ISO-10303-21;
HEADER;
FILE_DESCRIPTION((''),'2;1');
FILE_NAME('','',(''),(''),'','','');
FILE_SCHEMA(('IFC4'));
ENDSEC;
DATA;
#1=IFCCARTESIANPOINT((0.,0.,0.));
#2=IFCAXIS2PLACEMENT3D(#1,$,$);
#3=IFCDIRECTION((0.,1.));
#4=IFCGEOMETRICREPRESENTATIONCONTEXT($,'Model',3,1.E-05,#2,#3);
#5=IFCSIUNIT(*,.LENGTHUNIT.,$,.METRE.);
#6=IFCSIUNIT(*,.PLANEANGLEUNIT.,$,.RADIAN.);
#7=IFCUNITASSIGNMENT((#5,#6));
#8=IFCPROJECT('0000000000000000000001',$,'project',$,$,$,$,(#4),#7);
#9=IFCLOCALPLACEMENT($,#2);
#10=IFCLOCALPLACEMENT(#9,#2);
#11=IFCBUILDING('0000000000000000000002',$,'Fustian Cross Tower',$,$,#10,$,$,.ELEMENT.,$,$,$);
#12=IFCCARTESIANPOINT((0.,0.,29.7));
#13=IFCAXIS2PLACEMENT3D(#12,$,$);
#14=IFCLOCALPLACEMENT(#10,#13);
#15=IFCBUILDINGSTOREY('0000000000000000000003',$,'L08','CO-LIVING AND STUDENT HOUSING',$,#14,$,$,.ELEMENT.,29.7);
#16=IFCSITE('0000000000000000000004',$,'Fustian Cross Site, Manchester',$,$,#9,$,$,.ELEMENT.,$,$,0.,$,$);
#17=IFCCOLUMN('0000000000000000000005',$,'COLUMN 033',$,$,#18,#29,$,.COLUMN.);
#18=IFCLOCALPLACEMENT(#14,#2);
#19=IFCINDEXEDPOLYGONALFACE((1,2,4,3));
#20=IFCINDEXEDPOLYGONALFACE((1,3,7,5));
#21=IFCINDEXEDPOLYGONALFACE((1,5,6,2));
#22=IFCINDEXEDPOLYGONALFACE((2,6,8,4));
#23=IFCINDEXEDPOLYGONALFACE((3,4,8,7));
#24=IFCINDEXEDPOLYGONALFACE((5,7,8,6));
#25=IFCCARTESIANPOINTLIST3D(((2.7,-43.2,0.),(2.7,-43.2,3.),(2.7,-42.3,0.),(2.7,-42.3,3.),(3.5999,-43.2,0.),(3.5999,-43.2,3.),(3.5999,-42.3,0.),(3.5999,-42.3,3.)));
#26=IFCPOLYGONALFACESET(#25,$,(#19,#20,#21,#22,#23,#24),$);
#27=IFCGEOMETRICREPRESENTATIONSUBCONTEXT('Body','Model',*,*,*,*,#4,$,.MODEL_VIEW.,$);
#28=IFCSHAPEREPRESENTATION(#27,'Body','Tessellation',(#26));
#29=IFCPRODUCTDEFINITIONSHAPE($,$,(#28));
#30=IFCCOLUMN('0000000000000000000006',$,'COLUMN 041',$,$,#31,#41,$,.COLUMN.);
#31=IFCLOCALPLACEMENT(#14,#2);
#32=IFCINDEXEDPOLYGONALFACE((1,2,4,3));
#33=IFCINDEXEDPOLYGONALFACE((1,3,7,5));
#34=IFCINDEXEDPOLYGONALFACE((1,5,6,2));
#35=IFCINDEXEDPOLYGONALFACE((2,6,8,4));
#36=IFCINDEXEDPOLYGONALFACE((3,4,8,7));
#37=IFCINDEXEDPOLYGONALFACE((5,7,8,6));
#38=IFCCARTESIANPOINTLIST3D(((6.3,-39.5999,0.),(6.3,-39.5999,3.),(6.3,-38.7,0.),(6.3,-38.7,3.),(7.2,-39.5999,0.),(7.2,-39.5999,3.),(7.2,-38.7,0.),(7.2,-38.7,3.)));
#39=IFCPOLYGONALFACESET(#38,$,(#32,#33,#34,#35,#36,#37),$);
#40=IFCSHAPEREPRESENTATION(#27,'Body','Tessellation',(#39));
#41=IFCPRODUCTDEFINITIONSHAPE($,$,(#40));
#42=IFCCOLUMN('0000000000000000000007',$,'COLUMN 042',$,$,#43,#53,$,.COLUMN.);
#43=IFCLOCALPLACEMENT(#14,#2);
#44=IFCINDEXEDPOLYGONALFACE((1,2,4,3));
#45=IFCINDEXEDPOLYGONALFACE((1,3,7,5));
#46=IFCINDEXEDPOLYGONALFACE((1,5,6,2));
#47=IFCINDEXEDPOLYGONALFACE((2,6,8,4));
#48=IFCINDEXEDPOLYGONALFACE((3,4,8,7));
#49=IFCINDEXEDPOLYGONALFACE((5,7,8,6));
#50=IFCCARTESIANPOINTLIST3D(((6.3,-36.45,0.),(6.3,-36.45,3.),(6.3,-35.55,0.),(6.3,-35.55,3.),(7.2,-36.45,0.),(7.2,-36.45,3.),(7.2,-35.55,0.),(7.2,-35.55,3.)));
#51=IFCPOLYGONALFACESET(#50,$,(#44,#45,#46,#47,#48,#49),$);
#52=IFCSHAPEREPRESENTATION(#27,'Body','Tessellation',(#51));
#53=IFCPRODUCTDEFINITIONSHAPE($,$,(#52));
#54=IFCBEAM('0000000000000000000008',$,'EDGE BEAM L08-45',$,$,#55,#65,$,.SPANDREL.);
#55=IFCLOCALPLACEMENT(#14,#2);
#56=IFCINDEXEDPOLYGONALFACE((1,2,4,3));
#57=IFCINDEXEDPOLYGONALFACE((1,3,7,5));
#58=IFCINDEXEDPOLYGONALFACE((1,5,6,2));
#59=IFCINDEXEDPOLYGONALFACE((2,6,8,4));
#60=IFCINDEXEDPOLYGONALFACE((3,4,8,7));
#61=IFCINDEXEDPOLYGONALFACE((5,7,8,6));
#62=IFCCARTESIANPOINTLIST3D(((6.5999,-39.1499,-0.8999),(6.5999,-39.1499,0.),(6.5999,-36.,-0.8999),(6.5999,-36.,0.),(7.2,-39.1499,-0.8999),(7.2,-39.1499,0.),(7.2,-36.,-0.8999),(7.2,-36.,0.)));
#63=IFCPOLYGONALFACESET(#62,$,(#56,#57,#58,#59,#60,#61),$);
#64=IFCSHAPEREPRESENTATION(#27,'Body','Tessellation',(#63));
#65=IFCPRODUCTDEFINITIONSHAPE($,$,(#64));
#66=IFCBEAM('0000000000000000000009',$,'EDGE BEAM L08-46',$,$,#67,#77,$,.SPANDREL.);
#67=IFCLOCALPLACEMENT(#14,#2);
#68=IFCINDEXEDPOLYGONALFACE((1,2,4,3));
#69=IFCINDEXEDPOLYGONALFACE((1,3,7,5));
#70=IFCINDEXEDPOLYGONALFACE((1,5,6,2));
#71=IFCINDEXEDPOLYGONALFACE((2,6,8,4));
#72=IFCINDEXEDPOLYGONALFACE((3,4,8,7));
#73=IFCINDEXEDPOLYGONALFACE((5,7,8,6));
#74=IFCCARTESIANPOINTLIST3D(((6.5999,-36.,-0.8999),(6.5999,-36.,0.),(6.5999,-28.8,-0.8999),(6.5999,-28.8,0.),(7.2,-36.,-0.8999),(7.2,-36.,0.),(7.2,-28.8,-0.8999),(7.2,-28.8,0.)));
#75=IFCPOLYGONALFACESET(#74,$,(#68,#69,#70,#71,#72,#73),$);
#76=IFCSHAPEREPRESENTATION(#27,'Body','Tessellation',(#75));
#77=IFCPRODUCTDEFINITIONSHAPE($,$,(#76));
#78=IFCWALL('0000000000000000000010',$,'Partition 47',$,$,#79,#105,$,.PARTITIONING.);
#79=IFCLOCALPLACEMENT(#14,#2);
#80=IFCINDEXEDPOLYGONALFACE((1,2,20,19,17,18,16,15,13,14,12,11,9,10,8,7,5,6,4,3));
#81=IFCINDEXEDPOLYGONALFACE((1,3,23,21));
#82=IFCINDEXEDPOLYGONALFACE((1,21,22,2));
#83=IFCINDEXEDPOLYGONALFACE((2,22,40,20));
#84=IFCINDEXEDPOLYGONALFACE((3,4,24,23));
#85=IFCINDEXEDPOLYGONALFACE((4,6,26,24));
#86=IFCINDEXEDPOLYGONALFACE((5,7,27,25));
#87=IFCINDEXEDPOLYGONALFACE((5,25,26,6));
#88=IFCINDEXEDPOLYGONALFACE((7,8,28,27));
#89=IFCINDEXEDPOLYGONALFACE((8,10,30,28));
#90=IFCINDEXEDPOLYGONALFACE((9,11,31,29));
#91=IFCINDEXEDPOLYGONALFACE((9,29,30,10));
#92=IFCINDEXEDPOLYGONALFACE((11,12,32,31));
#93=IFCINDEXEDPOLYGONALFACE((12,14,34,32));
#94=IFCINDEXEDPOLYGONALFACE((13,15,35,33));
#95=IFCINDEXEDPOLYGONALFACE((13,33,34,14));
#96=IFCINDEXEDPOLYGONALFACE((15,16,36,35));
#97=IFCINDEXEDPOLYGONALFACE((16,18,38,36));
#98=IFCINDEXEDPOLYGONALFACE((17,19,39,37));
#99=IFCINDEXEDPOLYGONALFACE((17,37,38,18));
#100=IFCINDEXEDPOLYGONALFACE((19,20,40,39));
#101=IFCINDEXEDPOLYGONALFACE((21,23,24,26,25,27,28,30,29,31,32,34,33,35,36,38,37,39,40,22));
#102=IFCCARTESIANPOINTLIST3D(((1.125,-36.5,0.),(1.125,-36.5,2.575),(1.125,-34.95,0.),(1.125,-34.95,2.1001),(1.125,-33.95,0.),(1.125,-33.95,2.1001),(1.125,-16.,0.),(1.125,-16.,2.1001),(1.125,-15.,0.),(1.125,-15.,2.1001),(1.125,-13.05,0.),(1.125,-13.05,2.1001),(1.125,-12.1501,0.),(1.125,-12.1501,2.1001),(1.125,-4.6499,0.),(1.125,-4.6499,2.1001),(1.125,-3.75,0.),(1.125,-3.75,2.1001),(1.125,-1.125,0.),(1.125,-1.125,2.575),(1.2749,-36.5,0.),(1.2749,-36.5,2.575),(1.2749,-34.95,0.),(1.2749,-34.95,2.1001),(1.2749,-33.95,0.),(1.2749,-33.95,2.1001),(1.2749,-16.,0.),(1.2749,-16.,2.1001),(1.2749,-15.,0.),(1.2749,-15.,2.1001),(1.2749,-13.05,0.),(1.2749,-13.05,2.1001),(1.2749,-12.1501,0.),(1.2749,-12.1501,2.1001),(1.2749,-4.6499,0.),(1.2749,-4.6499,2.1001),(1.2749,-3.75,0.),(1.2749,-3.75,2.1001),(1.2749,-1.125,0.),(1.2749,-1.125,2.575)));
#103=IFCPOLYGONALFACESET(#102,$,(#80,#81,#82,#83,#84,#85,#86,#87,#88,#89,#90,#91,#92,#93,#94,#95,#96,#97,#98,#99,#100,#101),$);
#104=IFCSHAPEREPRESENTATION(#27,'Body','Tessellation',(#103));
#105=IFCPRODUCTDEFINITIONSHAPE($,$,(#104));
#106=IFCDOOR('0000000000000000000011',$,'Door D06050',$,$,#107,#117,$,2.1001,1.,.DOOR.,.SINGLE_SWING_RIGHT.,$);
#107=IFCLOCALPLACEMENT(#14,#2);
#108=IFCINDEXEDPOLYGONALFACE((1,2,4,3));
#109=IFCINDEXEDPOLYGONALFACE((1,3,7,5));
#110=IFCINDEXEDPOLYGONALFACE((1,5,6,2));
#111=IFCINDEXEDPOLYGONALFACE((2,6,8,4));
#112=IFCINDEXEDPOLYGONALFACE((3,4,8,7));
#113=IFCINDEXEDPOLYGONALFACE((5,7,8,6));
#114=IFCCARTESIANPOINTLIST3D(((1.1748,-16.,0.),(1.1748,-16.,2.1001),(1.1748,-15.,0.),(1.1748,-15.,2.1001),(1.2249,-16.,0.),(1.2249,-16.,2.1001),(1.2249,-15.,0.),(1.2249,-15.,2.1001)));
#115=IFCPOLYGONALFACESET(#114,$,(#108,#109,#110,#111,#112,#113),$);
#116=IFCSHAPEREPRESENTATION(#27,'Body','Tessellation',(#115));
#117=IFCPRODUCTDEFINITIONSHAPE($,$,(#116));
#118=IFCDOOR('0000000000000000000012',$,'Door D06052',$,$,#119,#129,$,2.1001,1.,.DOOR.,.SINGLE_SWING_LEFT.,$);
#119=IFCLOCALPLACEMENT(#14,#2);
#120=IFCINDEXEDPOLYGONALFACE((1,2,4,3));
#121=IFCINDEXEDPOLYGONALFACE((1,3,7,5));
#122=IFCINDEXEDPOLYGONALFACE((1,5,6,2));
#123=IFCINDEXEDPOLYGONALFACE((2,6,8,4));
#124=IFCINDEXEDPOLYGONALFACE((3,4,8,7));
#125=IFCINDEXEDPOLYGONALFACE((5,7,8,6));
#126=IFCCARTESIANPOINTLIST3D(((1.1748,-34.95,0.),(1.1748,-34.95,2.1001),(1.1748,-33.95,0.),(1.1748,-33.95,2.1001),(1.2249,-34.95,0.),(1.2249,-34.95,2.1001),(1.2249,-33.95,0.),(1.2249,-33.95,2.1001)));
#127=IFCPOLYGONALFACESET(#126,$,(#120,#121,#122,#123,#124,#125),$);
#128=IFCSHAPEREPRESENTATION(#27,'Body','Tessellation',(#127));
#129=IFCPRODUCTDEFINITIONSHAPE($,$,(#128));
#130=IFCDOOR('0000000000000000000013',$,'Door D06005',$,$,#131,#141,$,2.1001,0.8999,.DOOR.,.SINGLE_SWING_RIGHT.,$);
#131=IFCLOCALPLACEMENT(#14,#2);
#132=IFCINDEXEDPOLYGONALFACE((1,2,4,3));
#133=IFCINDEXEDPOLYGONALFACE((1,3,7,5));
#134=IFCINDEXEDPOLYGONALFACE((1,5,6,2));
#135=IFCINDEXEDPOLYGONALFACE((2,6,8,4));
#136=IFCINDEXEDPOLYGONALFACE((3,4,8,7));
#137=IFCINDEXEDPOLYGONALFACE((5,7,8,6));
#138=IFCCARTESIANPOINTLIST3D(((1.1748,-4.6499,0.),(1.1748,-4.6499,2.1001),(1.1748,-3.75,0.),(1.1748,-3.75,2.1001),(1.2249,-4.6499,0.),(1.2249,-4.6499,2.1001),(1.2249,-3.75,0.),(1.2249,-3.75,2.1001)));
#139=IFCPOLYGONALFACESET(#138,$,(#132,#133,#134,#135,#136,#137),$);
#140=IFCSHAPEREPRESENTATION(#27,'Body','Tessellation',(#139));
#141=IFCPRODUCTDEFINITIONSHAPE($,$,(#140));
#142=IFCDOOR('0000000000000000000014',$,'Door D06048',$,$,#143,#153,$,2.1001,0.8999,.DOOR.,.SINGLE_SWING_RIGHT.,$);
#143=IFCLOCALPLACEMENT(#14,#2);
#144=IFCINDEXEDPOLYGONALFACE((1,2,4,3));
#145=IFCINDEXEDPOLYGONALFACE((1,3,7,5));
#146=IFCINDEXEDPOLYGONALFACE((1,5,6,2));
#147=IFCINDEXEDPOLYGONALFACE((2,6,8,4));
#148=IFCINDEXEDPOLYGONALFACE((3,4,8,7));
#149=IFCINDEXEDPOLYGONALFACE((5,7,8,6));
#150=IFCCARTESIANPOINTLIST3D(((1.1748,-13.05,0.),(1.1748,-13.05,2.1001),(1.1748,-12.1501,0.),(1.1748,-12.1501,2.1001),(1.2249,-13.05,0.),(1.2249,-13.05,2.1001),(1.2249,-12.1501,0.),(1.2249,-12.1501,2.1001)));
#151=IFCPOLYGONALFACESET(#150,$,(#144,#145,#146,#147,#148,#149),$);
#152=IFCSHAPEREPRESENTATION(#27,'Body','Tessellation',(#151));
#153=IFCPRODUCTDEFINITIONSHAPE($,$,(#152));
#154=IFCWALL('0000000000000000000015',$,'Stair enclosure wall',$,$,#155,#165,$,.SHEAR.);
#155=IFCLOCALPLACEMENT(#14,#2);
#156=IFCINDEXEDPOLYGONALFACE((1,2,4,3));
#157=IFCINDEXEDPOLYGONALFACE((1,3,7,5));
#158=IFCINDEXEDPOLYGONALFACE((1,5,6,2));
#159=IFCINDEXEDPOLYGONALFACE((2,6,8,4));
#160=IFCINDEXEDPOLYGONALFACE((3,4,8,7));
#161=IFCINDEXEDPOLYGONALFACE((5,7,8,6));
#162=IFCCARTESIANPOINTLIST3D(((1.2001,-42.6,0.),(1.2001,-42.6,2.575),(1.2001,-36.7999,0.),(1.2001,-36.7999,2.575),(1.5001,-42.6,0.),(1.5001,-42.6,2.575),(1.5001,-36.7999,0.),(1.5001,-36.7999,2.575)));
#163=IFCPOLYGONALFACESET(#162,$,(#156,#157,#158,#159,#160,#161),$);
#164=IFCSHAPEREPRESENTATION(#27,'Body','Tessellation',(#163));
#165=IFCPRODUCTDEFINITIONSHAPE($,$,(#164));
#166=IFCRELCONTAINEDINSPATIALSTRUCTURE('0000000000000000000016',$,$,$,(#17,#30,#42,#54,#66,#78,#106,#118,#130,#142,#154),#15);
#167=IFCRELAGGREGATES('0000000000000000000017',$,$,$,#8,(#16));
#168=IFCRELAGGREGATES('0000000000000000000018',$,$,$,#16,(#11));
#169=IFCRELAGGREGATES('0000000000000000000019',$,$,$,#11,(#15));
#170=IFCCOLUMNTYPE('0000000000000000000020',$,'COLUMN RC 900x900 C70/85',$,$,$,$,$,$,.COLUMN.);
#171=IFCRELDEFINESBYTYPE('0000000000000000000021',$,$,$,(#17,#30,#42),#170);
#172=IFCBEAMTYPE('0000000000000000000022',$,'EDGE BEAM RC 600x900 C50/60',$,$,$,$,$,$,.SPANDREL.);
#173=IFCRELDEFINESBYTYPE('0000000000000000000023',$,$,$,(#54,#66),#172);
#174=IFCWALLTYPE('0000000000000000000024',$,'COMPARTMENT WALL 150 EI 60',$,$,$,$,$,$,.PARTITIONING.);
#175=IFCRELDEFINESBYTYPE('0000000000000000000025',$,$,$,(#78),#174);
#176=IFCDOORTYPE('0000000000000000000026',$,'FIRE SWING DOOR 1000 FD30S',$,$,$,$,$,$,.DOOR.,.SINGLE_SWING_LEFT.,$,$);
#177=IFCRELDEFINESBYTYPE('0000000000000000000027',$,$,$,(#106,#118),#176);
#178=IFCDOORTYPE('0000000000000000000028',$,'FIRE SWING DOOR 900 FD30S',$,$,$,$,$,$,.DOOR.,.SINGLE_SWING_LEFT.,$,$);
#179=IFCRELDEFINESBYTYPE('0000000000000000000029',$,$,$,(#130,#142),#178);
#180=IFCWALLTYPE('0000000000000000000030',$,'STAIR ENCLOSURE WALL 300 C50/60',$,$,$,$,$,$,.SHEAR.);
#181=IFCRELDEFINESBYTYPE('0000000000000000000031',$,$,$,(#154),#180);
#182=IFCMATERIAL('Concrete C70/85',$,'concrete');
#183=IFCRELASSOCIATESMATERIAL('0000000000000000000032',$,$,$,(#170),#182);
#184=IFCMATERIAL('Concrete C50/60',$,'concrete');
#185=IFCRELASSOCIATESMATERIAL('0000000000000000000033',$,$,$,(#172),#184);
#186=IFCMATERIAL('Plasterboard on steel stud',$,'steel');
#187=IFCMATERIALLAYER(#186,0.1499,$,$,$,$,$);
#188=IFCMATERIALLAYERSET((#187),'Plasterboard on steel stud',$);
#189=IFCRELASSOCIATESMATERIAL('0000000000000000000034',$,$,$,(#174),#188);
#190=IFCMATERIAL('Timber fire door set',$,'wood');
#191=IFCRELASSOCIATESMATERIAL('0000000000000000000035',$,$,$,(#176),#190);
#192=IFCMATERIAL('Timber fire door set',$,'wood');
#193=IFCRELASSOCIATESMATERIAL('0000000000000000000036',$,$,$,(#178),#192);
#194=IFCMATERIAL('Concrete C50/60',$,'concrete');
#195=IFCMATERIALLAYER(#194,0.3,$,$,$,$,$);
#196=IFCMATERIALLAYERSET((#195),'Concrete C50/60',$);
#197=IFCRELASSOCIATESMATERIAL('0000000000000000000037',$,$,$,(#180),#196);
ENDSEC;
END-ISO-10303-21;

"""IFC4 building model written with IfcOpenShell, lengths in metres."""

from ifc_helpers import new_model, si_unit, direction, frame, frame_2d, origin, origin_2d, place, context, subcontext, project, spatial, rectangle, extrude, material, layer, layer_set, material_profile, profile_set, type_object, element, fill, save


model = new_model("IFC4")

# Units and contexts
model_context = context("Model", 3, precision=1e-05, world=origin(), true_north=direction((0.0, 1.0)))
body_context = subcontext(model_context, "Body", "Model", "MODEL_VIEW")
ifc_project = project(units=[si_unit("LENGTHUNIT", "METRE"), si_unit("PLANEANGLEUNIT", "RADIAN")], contexts=[model_context])

# Site, building, storey
site_placement = place(None, origin())
site = spatial("IfcSite", under=ifc_project, at=site_placement, Name="Fustian Cross Site, Manchester", CompositionType="ELEMENT", RefElevation=0.0)
building_placement = place(site_placement, origin())
building = spatial("IfcBuilding", under=site, at=building_placement, Name="Fustian Cross Tower", CompositionType="ELEMENT")
storey_placement = place(building_placement, frame((0.0, 0.0, 29.7)))
storey = spatial("IfcBuildingStorey", under=building, at=storey_placement, Name="L08", Description="CO-LIVING AND STUDENT HOUSING", CompositionType="ELEMENT", Elevation=29.7)

# Columns
ifc_material_1 = material(Name="Concrete C70/85", Category="concrete")
ifc_material_profile_1 = material_profile(ifc_material_1, rectangle(XDim=0.8999, YDim=0.8999, at=origin_2d()), Name="RC 900x900")
ifc_profile_set_1 = profile_set([ifc_material_profile_1], Name="Concrete C70/85")
column_type = type_object("IfcColumnType", Name="COLUMN RC 900x900 C70/85", PredefinedType="COLUMN", material=ifc_profile_set_1)
for number, where, z_axis, x_axis, name in (
    (1, (3.1499, -42.75, 0.0), (0.0, 0.0, 1.0), (1.0, 0.0, 0.0), "COLUMN 033"),
    (2, (6.75, -39.1499, 0.0), (0.0, 0.0, 1.0), (1.0, 0.0, 0.0), "COLUMN 041"),
    (3, (6.75, -36.0, 0.0), (0.0, 0.0, 1.0), (1.0, 0.0, 0.0), "COLUMN 042"),
):
    element("IfcColumn", number, at=place(storey_placement, frame(where, z_axis=z_axis, x_axis=x_axis)), inside=storey, type_object=column_type, Name=name, PredefinedType="COLUMN", context=body_context, shape_type="SweptSolid", body=[
        extrude(rectangle(XDim=0.8999, YDim=0.8999, at=origin_2d()), origin(), (0.0, 0.0, 1.0), 3.0),
    ])

# Beams
ifc_material_2 = material(Name="Concrete C50/60", Category="concrete")
ifc_material_profile_2 = material_profile(ifc_material_2, rectangle(XDim=0.6001, YDim=0.8999, at=origin_2d()), Name="RC 600x900")
ifc_profile_set_2 = profile_set([ifc_material_profile_2], Name="Concrete C50/60")
beam_type = type_object("IfcBeamType", Name="EDGE BEAM RC 600x900 C50/60", PredefinedType="SPANDREL", material=ifc_profile_set_2)
beam_1_placement = place(storey_placement, frame((6.8999, -39.1499, -0.45), z_axis=(0.0, 1.0, 0.0), x_axis=(-1.0, 0.0, 0.0)))
element("IfcBeam", 4, at=beam_1_placement, inside=storey, type_object=beam_type, Name="EDGE BEAM L08-45", PredefinedType="SPANDREL", context=body_context, shape_type="SweptSolid", body=[
    extrude(rectangle(XDim=0.6001, YDim=0.8999, at=origin_2d()), origin(), (0.0, 0.0, 1.0), 3.1499),
])
beam_2_placement = place(storey_placement, frame((6.8999, -36.0, -0.45), z_axis=(0.0, 1.0, 0.0), x_axis=(-1.0, 0.0, 0.0)))
element("IfcBeam", 5, at=beam_2_placement, inside=storey, type_object=beam_type, Name="EDGE BEAM L08-46", PredefinedType="SPANDREL", context=body_context, shape_type="SweptSolid", body=[
    extrude(rectangle(XDim=0.6001, YDim=0.8999, at=origin_2d()), origin(), (0.0, 0.0, 1.0), 7.2),
])

# Wall, openings, doors
ifc_material_3 = material(Name="Plasterboard on steel stud", Category="steel")
ifc_layer_1 = layer(ifc_material_3, 0.1499)
ifc_layer_set_1 = layer_set([ifc_layer_1], Name="Plasterboard on steel stud")
wall_type_1 = type_object("IfcWallType", Name="COMPARTMENT WALL 150 EI 60", PredefinedType="PARTITIONING", material=ifc_layer_set_1)
wall_1_placement = place(storey_placement, frame((1.2, -36.5, 0.0), z_axis=(0.0, 0.0, 1.0), x_axis=(0.0, 1.0, 0.0)))
wall_1 = element("IfcWall", 6, at=wall_1_placement, inside=storey, type_object=wall_type_1, Name="Partition 47", PredefinedType="PARTITIONING", context=body_context, shape_type="SweptSolid", body=[
    extrude(rectangle(XDim=35.375, YDim=0.1499, at=frame_2d((17.6875, 0.0))), origin(), (0.0, 0.0, 1.0), 2.575),
])
opening_1_placement = place(wall_1_placement, frame((31.8501, 0.0, 0.0)))
opening_1 = element("IfcOpeningElement", 7, at=opening_1_placement, cuts=wall_1, PredefinedType="OPENING", context=body_context, shape_type="SweptSolid", body=[
    extrude(rectangle(XDim=0.8999, YDim=2.1001, at=frame_2d((0.45, 1.05))), frame((0.0, 0.085, 0.0), z_axis=(0.0, -1.0, 0.0), x_axis=(1.0, 0.0, 0.0)), (0.0, 0.0, 1.0), 0.1699),
])
opening_2_placement = place(wall_1_placement, frame((23.45, 0.0, 0.0)))
opening_2 = element("IfcOpeningElement", 8, at=opening_2_placement, cuts=wall_1, PredefinedType="OPENING", context=body_context, shape_type="SweptSolid", body=[
    extrude(rectangle(XDim=0.8999, YDim=2.1001, at=frame_2d((0.45, 1.05))), frame((0.0, 0.085, 0.0), z_axis=(0.0, -1.0, 0.0), x_axis=(1.0, 0.0, 0.0)), (0.0, 0.0, 1.0), 0.1699),
])
opening_3_placement = place(wall_1_placement, frame((20.5, 0.0, 0.0)))
opening_3 = element("IfcOpeningElement", 9, at=opening_3_placement, cuts=wall_1, PredefinedType="OPENING", context=body_context, shape_type="SweptSolid", body=[
    extrude(rectangle(XDim=1.0, YDim=2.1001, at=frame_2d((0.5, 1.05))), frame((0.0, 0.085, 0.0), z_axis=(0.0, -1.0, 0.0), x_axis=(1.0, 0.0, 0.0)), (0.0, 0.0, 1.0), 0.1699),
])
opening_4_placement = place(wall_1_placement, frame((1.55, 0.0, 0.0)))
opening_4 = element("IfcOpeningElement", 10, at=opening_4_placement, cuts=wall_1, PredefinedType="OPENING", context=body_context, shape_type="SweptSolid", body=[
    extrude(rectangle(XDim=1.0, YDim=2.1001, at=frame_2d((0.5, 1.05))), frame((0.0, 0.085, 0.0), z_axis=(0.0, -1.0, 0.0), x_axis=(1.0, 0.0, 0.0)), (0.0, 0.0, 1.0), 0.1699),
])
ifc_material_4 = material(Name="Timber fire door set", Category="wood")
door_type_1 = type_object("IfcDoorType", Name="FIRE SWING DOOR 1000 FD30S", OperationType="SINGLE_SWING_LEFT", PredefinedType="DOOR", material=ifc_material_4)
door_1_placement = place(opening_3_placement, frame((1.0, 0.0, 0.0), z_axis=(0.0, 0.0, 1.0), x_axis=(-1.0, 0.0, 0.0)))
door_1 = element("IfcDoor", 11, at=door_1_placement, inside=storey, type_object=door_type_1, Name="Door D06050", OperationType="SINGLE_SWING_RIGHT", OverallHeight=2.1001, OverallWidth=1.0, PredefinedType="DOOR", context=body_context, shape_type="SweptSolid", body=[
    extrude(rectangle(XDim=1.0, YDim=2.1001, at=frame_2d((0.5, 1.05))), frame((0.0, 0.0249, 0.0), z_axis=(0.0, -1.0, 0.0), x_axis=(1.0, 0.0, 0.0)), (0.0, 0.0, 1.0), 0.05),
])
fill(opening_3, door_1)
door_2_placement = place(opening_4_placement, frame((1.0, 0.0, 0.0), z_axis=(0.0, 0.0, 1.0), x_axis=(-1.0, 0.0, 0.0)))
door_2 = element("IfcDoor", 12, at=door_2_placement, inside=storey, type_object=door_type_1, Name="Door D06052", OperationType="SINGLE_SWING_LEFT", OverallHeight=2.1001, OverallWidth=1.0, PredefinedType="DOOR", context=body_context, shape_type="SweptSolid", body=[
    extrude(rectangle(XDim=1.0, YDim=2.1001, at=frame_2d((0.5, 1.05))), frame((0.0, 0.0249, 0.0), z_axis=(0.0, -1.0, 0.0), x_axis=(1.0, 0.0, 0.0)), (0.0, 0.0, 1.0), 0.05),
])
fill(opening_4, door_2)
ifc_material_5 = material(Name="Timber fire door set", Category="wood")
door_type_2 = type_object("IfcDoorType", Name="FIRE SWING DOOR 900 FD30S", OperationType="SINGLE_SWING_LEFT", PredefinedType="DOOR", material=ifc_material_5)
door_3_placement = place(opening_1_placement, frame((0.8999, 0.0, 0.0), z_axis=(0.0, 0.0, 1.0), x_axis=(-1.0, 0.0, 0.0)))
door_3 = element("IfcDoor", 13, at=door_3_placement, inside=storey, type_object=door_type_2, Name="Door D06005", OperationType="SINGLE_SWING_RIGHT", OverallHeight=2.1001, OverallWidth=0.8999, PredefinedType="DOOR", context=body_context, shape_type="SweptSolid", body=[
    extrude(rectangle(XDim=0.8999, YDim=2.1001, at=frame_2d((0.45, 1.05))), frame((0.0, 0.0249, 0.0), z_axis=(0.0, -1.0, 0.0), x_axis=(1.0, 0.0, 0.0)), (0.0, 0.0, 1.0), 0.05),
])
fill(opening_1, door_3)
door_4_placement = place(opening_2_placement, frame((0.8999, 0.0, 0.0), z_axis=(0.0, 0.0, 1.0), x_axis=(-1.0, 0.0, 0.0)))
door_4 = element("IfcDoor", 14, at=door_4_placement, inside=storey, type_object=door_type_2, Name="Door D06048", OperationType="SINGLE_SWING_RIGHT", OverallHeight=2.1001, OverallWidth=0.8999, PredefinedType="DOOR", context=body_context, shape_type="SweptSolid", body=[
    extrude(rectangle(XDim=0.8999, YDim=2.1001, at=frame_2d((0.45, 1.05))), frame((0.0, 0.0249, 0.0), z_axis=(0.0, -1.0, 0.0), x_axis=(1.0, 0.0, 0.0)), (0.0, 0.0, 1.0), 0.05),
])
fill(opening_2, door_4)

# Wall
ifc_material_6 = material(Name="Concrete C50/60", Category="concrete")
ifc_layer_2 = layer(ifc_material_6, 0.3)
ifc_layer_set_2 = layer_set([ifc_layer_2], Name="Concrete C50/60")
wall_type_2 = type_object("IfcWallType", Name="STAIR ENCLOSURE WALL 300 C50/60", PredefinedType="SHEAR", material=ifc_layer_set_2)
wall_2_placement = place(storey_placement, frame((1.3501, -36.8, 0.0), z_axis=(0.0, 0.0, 1.0), x_axis=(0.0, -1.0, 0.0)))
element("IfcWall", 15, at=wall_2_placement, inside=storey, type_object=wall_type_2, Name="Stair enclosure wall", PredefinedType="SHEAR", context=body_context, shape_type="SweptSolid", body=[
    extrude(rectangle(XDim=5.8, YDim=0.3, at=frame_2d((2.8999, 0.0))), origin(), (0.0, 0.0, 1.0), 2.575),
])

save(model, "model.ifc")
